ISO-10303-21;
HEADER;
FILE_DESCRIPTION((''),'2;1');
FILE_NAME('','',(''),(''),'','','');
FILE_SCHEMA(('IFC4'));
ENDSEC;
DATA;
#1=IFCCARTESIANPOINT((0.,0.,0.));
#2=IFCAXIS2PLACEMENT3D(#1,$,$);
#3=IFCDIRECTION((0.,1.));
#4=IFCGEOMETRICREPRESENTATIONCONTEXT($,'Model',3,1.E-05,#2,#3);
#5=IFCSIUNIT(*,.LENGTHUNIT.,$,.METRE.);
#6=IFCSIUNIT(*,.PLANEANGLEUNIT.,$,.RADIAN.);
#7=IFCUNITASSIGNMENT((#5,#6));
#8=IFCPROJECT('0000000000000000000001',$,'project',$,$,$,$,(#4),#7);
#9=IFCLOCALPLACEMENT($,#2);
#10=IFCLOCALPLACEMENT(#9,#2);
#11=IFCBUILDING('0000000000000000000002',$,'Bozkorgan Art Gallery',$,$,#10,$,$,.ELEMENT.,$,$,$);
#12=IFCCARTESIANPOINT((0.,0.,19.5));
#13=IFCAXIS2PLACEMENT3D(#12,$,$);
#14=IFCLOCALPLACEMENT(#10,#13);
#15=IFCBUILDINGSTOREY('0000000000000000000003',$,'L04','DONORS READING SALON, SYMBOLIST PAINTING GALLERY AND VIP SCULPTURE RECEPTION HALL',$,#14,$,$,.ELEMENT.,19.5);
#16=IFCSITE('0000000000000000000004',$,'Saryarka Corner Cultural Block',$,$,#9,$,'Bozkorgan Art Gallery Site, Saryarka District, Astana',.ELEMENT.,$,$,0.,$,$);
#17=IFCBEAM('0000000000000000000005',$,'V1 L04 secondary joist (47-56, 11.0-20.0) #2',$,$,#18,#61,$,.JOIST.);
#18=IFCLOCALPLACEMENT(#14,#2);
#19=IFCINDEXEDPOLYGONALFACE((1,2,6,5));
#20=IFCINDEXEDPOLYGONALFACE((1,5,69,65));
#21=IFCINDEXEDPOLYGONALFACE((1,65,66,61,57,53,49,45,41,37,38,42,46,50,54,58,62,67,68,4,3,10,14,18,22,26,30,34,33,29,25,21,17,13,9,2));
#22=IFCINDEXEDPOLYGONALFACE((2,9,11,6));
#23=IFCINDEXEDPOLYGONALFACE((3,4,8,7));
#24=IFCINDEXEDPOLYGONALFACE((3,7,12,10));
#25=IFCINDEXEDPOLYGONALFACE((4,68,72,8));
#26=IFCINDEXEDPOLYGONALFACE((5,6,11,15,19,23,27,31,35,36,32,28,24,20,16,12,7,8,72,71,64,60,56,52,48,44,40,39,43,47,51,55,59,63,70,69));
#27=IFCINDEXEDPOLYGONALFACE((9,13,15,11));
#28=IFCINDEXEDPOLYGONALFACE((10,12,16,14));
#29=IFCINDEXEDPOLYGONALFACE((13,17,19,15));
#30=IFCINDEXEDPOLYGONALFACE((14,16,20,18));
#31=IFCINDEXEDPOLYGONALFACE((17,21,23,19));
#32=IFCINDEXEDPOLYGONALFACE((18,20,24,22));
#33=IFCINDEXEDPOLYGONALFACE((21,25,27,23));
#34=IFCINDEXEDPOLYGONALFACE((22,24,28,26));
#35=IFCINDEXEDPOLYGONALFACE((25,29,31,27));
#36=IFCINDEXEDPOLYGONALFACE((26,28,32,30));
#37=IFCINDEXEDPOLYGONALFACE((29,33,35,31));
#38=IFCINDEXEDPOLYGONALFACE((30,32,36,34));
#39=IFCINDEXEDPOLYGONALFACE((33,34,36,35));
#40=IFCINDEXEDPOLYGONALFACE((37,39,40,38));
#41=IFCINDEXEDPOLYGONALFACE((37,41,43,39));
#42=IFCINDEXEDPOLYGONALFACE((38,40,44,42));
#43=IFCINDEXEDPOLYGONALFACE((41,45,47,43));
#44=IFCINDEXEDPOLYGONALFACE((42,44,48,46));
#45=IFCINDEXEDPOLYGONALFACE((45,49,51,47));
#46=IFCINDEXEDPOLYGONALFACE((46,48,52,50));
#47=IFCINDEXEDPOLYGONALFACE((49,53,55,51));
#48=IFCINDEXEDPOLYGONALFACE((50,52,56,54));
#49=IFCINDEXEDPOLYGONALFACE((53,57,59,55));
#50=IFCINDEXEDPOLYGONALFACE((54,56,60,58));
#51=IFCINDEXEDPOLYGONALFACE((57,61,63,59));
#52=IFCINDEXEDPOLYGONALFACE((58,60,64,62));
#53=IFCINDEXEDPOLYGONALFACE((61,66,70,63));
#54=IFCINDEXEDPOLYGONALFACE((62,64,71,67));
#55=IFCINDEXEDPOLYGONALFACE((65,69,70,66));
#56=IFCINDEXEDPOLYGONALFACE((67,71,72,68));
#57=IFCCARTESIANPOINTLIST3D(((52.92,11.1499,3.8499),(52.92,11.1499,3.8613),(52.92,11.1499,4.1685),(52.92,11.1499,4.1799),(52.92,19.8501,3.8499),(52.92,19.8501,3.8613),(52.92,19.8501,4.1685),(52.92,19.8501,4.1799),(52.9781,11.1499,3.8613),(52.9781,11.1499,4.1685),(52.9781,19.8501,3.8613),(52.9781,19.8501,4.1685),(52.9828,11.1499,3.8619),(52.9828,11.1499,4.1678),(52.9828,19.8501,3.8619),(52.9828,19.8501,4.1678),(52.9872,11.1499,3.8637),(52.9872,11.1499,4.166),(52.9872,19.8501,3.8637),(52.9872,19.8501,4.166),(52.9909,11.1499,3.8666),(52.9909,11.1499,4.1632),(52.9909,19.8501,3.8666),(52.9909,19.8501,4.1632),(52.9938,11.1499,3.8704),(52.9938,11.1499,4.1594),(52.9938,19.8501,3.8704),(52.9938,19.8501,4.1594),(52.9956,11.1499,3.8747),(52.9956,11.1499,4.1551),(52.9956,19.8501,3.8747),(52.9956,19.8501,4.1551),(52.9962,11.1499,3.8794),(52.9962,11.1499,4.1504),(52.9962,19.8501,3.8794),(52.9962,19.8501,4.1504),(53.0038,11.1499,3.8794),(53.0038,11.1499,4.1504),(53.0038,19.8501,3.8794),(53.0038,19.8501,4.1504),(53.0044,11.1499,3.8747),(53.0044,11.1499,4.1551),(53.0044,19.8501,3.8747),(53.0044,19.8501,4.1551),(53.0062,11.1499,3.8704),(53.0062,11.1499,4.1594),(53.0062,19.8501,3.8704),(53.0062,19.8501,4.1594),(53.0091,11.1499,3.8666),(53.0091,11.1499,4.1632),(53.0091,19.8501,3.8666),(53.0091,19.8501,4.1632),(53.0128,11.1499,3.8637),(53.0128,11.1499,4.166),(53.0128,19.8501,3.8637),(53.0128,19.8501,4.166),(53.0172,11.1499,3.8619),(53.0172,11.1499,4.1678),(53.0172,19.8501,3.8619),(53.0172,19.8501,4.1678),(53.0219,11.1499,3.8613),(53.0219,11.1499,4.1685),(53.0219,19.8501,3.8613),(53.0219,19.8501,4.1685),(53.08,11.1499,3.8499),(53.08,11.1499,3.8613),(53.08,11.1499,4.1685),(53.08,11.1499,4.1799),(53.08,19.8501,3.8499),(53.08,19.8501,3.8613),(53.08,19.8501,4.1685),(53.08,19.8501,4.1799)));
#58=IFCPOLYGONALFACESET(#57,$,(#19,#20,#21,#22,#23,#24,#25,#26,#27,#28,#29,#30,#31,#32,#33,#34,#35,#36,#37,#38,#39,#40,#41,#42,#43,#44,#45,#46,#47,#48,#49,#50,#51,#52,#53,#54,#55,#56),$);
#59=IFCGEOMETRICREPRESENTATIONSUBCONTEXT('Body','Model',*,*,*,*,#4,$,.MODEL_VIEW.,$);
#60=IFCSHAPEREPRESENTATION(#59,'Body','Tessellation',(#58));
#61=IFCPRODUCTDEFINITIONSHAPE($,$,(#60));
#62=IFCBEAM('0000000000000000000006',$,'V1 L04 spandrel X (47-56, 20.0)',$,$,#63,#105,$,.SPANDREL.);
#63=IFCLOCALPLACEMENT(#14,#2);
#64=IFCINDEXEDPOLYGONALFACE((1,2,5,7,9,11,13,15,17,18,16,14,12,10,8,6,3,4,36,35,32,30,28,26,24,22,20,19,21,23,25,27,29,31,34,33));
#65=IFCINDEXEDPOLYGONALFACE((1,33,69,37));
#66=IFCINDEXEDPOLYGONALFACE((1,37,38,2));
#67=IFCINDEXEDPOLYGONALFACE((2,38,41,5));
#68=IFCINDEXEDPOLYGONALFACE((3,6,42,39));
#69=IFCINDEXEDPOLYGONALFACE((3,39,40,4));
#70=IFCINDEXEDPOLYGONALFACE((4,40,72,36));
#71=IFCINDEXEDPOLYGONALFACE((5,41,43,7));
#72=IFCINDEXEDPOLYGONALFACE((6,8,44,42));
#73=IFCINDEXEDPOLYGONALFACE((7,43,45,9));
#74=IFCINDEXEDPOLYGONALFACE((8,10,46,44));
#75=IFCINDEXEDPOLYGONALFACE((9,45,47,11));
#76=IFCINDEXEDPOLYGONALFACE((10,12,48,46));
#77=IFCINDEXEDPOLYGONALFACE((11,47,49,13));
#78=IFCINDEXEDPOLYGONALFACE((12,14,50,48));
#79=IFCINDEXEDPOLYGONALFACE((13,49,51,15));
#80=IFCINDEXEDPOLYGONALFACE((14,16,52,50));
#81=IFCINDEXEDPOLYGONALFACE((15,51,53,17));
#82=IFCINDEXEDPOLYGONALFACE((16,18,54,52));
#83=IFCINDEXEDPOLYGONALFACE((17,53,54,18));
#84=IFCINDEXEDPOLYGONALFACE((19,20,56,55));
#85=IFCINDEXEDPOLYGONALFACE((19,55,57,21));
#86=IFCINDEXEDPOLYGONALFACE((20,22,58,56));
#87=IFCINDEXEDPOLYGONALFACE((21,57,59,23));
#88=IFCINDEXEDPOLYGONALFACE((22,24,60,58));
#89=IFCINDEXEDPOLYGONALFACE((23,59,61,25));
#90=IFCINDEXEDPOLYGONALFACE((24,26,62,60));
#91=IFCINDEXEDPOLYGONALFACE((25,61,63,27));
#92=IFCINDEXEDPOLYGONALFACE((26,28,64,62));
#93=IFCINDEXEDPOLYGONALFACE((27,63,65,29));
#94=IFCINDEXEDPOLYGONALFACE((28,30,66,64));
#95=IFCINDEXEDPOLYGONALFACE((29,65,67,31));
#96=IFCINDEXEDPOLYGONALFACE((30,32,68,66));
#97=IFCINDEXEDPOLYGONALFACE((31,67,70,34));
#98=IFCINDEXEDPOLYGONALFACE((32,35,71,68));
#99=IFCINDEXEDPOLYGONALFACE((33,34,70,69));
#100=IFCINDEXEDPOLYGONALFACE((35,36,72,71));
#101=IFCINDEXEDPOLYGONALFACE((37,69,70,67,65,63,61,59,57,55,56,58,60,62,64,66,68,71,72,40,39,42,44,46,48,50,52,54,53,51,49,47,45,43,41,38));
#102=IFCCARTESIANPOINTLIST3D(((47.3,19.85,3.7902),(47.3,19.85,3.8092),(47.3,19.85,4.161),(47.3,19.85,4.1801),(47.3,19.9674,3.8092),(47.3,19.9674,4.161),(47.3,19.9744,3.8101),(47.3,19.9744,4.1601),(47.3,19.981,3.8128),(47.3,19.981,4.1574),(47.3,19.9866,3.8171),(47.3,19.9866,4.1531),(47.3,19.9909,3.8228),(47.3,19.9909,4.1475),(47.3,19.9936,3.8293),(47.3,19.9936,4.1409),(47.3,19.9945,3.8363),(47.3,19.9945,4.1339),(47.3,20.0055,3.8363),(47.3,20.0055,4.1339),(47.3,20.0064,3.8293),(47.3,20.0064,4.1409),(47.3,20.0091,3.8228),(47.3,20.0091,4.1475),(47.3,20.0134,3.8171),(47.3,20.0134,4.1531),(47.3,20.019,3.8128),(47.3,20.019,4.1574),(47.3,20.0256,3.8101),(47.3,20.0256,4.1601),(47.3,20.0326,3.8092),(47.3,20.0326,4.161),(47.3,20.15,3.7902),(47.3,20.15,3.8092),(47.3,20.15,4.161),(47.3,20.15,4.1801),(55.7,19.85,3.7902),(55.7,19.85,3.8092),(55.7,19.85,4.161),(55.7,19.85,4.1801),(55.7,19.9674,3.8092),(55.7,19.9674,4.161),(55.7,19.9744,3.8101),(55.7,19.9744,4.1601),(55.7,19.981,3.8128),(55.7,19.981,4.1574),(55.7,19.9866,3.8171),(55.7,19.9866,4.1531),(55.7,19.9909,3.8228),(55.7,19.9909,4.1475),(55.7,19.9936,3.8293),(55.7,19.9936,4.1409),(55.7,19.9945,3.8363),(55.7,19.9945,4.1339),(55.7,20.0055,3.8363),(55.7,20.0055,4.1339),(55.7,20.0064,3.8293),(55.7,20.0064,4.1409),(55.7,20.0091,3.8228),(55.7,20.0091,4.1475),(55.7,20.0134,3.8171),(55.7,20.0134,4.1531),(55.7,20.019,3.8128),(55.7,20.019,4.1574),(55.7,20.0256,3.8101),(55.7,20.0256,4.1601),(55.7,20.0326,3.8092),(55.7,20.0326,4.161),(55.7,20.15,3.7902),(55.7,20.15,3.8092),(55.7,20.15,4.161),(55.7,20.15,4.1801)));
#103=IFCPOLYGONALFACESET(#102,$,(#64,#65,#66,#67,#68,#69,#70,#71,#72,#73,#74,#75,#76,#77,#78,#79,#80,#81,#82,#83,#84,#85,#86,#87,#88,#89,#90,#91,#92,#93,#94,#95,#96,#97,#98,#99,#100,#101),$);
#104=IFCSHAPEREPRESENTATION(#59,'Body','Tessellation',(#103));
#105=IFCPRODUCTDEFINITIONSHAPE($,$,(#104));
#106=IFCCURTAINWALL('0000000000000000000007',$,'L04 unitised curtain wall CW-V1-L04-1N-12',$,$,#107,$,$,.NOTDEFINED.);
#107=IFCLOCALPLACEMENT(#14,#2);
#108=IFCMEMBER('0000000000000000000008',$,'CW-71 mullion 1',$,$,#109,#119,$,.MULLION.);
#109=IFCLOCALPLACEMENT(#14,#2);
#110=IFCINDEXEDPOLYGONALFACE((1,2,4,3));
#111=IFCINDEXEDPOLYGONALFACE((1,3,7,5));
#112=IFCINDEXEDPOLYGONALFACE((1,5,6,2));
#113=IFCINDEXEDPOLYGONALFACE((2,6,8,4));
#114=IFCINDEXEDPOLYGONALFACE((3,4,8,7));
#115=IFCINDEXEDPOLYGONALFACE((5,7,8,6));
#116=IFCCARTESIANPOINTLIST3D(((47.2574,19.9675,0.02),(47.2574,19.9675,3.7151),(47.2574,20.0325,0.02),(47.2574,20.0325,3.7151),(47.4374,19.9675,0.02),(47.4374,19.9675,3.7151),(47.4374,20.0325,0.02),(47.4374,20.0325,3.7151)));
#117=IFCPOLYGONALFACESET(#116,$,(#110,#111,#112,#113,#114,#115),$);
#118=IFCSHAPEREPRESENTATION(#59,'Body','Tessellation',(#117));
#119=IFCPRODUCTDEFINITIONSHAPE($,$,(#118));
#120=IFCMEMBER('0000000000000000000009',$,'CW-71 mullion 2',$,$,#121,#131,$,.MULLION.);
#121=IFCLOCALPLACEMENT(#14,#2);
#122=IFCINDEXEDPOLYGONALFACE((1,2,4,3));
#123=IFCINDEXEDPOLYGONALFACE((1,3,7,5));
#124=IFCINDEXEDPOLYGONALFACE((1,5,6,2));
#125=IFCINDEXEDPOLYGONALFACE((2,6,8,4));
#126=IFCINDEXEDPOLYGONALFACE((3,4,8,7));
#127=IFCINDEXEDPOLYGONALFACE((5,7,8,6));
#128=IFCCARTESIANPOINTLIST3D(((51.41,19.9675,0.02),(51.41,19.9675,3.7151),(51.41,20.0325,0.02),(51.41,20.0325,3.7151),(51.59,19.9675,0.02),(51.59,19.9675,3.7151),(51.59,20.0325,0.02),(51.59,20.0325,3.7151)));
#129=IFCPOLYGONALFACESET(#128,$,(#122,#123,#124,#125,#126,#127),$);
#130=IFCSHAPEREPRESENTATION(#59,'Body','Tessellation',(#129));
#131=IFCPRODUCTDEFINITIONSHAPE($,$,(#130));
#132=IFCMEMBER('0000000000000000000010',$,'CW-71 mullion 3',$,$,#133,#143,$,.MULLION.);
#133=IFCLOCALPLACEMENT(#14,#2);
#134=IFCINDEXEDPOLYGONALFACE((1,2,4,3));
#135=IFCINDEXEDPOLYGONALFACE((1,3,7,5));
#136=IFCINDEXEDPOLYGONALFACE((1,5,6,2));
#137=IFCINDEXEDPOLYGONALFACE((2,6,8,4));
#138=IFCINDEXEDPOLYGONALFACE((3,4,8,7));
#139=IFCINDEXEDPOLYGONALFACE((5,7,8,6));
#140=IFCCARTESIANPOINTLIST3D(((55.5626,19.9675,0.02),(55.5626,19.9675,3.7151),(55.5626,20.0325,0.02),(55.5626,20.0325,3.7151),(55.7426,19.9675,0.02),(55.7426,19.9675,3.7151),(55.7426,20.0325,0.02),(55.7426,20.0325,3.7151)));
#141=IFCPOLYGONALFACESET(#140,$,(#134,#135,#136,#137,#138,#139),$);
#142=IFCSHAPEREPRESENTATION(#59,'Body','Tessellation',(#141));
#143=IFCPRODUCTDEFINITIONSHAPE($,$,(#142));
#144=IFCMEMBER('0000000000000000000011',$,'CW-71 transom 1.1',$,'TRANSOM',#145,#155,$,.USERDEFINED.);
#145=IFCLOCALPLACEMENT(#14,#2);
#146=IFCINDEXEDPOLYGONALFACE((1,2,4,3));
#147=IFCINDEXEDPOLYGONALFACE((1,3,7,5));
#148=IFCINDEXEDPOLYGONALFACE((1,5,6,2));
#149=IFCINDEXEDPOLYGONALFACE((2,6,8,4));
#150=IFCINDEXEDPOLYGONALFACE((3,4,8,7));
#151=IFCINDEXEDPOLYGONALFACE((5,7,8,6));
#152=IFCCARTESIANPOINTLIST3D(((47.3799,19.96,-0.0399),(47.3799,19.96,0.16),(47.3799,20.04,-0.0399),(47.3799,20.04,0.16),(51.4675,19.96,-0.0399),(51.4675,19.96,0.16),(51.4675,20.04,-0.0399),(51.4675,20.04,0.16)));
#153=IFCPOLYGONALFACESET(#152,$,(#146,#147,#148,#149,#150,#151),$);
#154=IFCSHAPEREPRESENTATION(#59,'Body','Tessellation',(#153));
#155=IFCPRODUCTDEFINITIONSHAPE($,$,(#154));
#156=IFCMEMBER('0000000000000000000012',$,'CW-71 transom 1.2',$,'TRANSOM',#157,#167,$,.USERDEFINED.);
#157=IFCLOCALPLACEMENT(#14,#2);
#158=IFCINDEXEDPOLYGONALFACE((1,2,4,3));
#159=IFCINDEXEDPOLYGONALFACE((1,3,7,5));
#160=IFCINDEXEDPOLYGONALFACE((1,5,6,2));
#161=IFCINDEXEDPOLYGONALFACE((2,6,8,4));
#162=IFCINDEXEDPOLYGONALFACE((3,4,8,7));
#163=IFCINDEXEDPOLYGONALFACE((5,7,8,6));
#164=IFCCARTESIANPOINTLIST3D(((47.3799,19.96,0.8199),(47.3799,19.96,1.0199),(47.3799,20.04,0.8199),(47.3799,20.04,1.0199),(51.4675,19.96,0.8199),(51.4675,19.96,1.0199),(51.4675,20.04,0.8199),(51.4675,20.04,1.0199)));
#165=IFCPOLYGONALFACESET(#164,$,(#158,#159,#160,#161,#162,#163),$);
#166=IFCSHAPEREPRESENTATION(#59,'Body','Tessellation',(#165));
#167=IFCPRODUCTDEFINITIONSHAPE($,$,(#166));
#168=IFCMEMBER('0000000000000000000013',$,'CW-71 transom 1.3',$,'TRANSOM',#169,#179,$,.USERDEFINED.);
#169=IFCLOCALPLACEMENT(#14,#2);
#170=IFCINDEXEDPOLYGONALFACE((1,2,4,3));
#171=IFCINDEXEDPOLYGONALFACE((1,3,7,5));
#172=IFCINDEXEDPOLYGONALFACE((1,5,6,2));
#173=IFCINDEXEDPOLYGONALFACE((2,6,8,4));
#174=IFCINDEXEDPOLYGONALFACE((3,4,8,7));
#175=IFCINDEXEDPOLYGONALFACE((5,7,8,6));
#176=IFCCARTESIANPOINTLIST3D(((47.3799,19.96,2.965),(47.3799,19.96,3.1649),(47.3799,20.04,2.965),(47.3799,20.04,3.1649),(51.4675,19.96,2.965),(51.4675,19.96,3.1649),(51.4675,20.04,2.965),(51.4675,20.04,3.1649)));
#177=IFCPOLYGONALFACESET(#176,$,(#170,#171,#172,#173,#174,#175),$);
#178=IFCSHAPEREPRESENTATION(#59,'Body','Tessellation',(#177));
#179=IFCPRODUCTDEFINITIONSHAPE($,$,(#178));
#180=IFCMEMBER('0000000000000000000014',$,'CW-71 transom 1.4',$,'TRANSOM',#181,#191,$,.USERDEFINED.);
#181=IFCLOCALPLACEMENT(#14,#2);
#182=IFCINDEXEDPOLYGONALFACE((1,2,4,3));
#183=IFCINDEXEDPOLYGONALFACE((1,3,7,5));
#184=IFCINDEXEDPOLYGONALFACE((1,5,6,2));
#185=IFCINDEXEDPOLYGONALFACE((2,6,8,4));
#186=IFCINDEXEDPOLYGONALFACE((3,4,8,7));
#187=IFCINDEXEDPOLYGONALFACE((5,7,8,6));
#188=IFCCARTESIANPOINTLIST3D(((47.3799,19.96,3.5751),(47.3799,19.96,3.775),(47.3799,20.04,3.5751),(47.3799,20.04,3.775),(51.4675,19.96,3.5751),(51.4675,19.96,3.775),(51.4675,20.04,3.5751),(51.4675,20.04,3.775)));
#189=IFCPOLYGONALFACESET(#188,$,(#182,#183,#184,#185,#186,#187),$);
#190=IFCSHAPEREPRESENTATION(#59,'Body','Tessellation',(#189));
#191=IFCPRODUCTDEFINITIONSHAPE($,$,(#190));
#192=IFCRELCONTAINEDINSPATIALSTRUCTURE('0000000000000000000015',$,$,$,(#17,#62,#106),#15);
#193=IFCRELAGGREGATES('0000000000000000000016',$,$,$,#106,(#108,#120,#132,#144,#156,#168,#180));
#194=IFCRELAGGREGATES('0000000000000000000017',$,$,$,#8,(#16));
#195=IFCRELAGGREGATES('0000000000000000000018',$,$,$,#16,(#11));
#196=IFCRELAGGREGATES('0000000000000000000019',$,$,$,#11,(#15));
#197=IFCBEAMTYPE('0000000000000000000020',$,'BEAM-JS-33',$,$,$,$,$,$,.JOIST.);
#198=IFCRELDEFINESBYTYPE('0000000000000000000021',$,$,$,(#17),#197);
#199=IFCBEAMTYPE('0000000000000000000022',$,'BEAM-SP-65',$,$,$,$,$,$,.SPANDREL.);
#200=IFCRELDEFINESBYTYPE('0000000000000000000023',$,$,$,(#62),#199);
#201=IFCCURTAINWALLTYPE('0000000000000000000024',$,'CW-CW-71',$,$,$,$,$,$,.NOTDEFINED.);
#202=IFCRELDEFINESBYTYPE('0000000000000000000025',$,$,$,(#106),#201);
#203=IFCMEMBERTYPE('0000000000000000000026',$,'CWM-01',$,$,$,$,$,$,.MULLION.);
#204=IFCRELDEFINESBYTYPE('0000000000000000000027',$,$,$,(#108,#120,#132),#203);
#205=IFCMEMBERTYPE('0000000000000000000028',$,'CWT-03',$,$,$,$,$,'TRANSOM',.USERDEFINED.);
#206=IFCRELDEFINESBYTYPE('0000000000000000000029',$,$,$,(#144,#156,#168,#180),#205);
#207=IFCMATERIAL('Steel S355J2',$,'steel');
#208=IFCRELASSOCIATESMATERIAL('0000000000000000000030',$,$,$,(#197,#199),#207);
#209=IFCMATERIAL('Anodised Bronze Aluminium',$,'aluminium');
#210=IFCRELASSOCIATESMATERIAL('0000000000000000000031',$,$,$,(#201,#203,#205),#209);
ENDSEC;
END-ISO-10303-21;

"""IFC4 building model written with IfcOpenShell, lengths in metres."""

from ifc_helpers import new_model, si_unit, direction, frame, origin, origin_2d, place, context, subcontext, project, spatial, rectangle, i_section, extrude, material, material_profile, profile_set, type_object, element, aggregate, save


model = new_model("IFC4")

# Units and contexts
model_context = context("Model", 3, precision=1e-05, world=origin(), true_north=direction((0.0, 1.0)))
body_context = subcontext(model_context, "Body", "Model", "MODEL_VIEW")
ifc_project = project(units=[si_unit("LENGTHUNIT", "METRE"), si_unit("PLANEANGLEUNIT", "RADIAN")], contexts=[model_context])

# Site, building, storey
site_placement = place(None, origin())
site = spatial("IfcSite", under=ifc_project, at=site_placement, Name="Saryarka Corner Cultural Block", LongName="Bozkorgan Art Gallery Site, Saryarka District, Astana", CompositionType="ELEMENT", RefElevation=0.0)
building_placement = place(site_placement, origin())
building = spatial("IfcBuilding", under=site, at=building_placement, Name="Bozkorgan Art Gallery", CompositionType="ELEMENT")
storey_placement = place(building_placement, frame((0.0, 0.0, 19.5)))
storey = spatial("IfcBuildingStorey", under=building, at=storey_placement, Name="L04", Description="DONORS READING SALON, SYMBOLIST PAINTING GALLERY AND VIP SCULPTURE RECEPTION HALL", CompositionType="ELEMENT", Elevation=19.5)

# Beams
ifc_material_1 = material(Name="Steel S355J2", Category="steel")
ifc_material_profile_1 = material_profile(ifc_material_1, i_section(OverallWidth=0.1599, OverallDepth=0.3301, WebThickness=0.0076, FlangeThickness=0.0115, FilletRadius=0.0181, at=origin_2d()), Name="IPE 330")
ifc_profile_set_1 = profile_set([ifc_material_profile_1], Name="Steel S355J2")
beam_type_1 = type_object("IfcBeamType", Name="BEAM-JS-33", PredefinedType="JOIST", material=ifc_profile_set_1)
for number, where, z_axis, x_axis, name in (
    (1, (53.0, 11.1499, 4.0149), (0.0, 1.0, 0.0), (-1.0, 0.0, 0.0), "V1 L04 secondary joist (47-56, 11.0-20.0) #2"),
):
    element("IfcBeam", number, at=place(storey_placement, frame(where, z_axis=z_axis, x_axis=x_axis)), inside=storey, type_object=beam_type_1, Name=name, PredefinedType="JOIST", context=body_context, shape_type="SweptSolid", body=[
        extrude(i_section(OverallWidth=0.1599, OverallDepth=0.3301, WebThickness=0.0076, FlangeThickness=0.0115, FilletRadius=0.0181, at=origin_2d()), origin(), (0.0, 0.0, 1.0), 8.7002),
    ])
ifc_material_profile_2 = material_profile(ifc_material_1, i_section(OverallWidth=0.3, OverallDepth=0.3899, WebThickness=0.011, FlangeThickness=0.019, FilletRadius=0.0271, at=origin_2d()), Name="HEA 400")
ifc_profile_set_2 = profile_set([ifc_material_profile_2], Name="Steel S355J2")
beam_type_2 = type_object("IfcBeamType", Name="BEAM-SP-65", PredefinedType="SPANDREL", material=ifc_profile_set_2)
beam_1_placement = place(storey_placement, frame((47.3, 20.0, 3.9851), z_axis=(1.0, 0.0, 0.0), x_axis=(0.0, 1.0, 0.0)))
element("IfcBeam", 2, at=beam_1_placement, inside=storey, type_object=beam_type_2, Name="V1 L04 spandrel X (47-56, 20.0)", PredefinedType="SPANDREL", context=body_context, shape_type="SweptSolid", body=[
    extrude(i_section(OverallWidth=0.3, OverallDepth=0.3899, WebThickness=0.011, FlangeThickness=0.019, FilletRadius=0.0271, at=origin_2d()), origin(), (0.0, 0.0, 1.0), 8.3999),
])

# Curtain wall, members
ifc_material_2 = material(Name="Anodised Bronze Aluminium", Category="aluminium")
curtain_wall_type = type_object("IfcCurtainWallType", Name="CW-CW-71", PredefinedType="NOTDEFINED", material=ifc_material_2)
curtain_wall_placement = place(storey_placement, origin())
curtain_wall = element("IfcCurtainWall", 3, at=curtain_wall_placement, inside=storey, type_object=curtain_wall_type, Name="L04 unitised curtain wall CW-V1-L04-1N-12", PredefinedType="NOTDEFINED")
ifc_material_profile_3 = material_profile(ifc_material_2, rectangle(XDim=0.0649, YDim=0.1799, at=origin_2d()), Name="ALU MULLION 65x180")
ifc_profile_set_3 = profile_set([ifc_material_profile_3], Name="Anodised Bronze Aluminium")
member_type_1 = type_object("IfcMemberType", Name="CWM-01", PredefinedType="MULLION", material=ifc_profile_set_3)
member_1_placement = place(storey_placement, frame((47.3474, 20.0, 0.02), z_axis=(0.0, 0.0, 1.0), x_axis=(0.0, 1.0, 0.0)))
member_1 = element("IfcMember", 4, at=member_1_placement, type_object=member_type_1, Name="CW-71 mullion 1", PredefinedType="MULLION", context=body_context, shape_type="SweptSolid", body=[
    extrude(rectangle(XDim=0.0649, YDim=0.1799, at=origin_2d()), origin(), (0.0, 0.0, 1.0), 3.6951),
])
member_2_placement = place(storey_placement, frame((51.5, 20.0, 0.02), z_axis=(0.0, 0.0, 1.0), x_axis=(0.0, 1.0, 0.0)))
member_2 = element("IfcMember", 5, at=member_2_placement, type_object=member_type_1, Name="CW-71 mullion 2", PredefinedType="MULLION", context=body_context, shape_type="SweptSolid", body=[
    extrude(rectangle(XDim=0.0649, YDim=0.1799, at=origin_2d()), origin(), (0.0, 0.0, 1.0), 3.6951),
])
member_3_placement = place(storey_placement, frame((55.6526, 20.0, 0.02), z_axis=(0.0, 0.0, 1.0), x_axis=(0.0, 1.0, 0.0)))
member_3 = element("IfcMember", 6, at=member_3_placement, type_object=member_type_1, Name="CW-71 mullion 3", PredefinedType="MULLION", context=body_context, shape_type="SweptSolid", body=[
    extrude(rectangle(XDim=0.0649, YDim=0.1799, at=origin_2d()), origin(), (0.0, 0.0, 1.0), 3.6951),
])
ifc_material_profile_4 = material_profile(ifc_material_2, rectangle(XDim=0.0801, YDim=0.2, at=origin_2d()), Name="ALU TRANSOM 80x200")
ifc_profile_set_4 = profile_set([ifc_material_profile_4], Name="Anodised Bronze Aluminium")
member_type_2 = type_object("IfcMemberType", Name="CWT-03", ElementType="TRANSOM", PredefinedType="USERDEFINED", material=ifc_profile_set_4)
member_4_placement = place(storey_placement, frame((47.3799, 20.0, 0.0601), z_axis=(1.0, 0.0, 0.0), x_axis=(0.0, 1.0, 0.0)))
member_4 = element("IfcMember", 7, at=member_4_placement, type_object=member_type_2, Name="CW-71 transom 1.1", ObjectType="TRANSOM", PredefinedType="USERDEFINED", context=body_context, shape_type="SweptSolid", body=[
    extrude(rectangle(XDim=0.0801, YDim=0.2, at=origin_2d()), origin(), (0.0, 0.0, 1.0), 4.0876),
])
member_5_placement = place(storey_placement, frame((47.3799, 20.0, 0.9199), z_axis=(1.0, 0.0, 0.0), x_axis=(0.0, 1.0, 0.0)))
member_5 = element("IfcMember", 8, at=member_5_placement, type_object=member_type_2, Name="CW-71 transom 1.2", ObjectType="TRANSOM", PredefinedType="USERDEFINED", context=body_context, shape_type="SweptSolid", body=[
    extrude(rectangle(XDim=0.0801, YDim=0.2, at=origin_2d()), origin(), (0.0, 0.0, 1.0), 4.0876),
])
member_6_placement = place(storey_placement, frame((47.3799, 20.0, 3.0649), z_axis=(1.0, 0.0, 0.0), x_axis=(0.0, 1.0, 0.0)))
member_6 = element("IfcMember", 9, at=member_6_placement, type_object=member_type_2, Name="CW-71 transom 1.3", ObjectType="TRANSOM", PredefinedType="USERDEFINED", context=body_context, shape_type="SweptSolid", body=[
    extrude(rectangle(XDim=0.0801, YDim=0.2, at=origin_2d()), origin(), (0.0, 0.0, 1.0), 4.0876),
])
member_7_placement = place(storey_placement, frame((47.3799, 20.0, 3.675), z_axis=(1.0, 0.0, 0.0), x_axis=(0.0, 1.0, 0.0)))
member_7 = element("IfcMember", 10, at=member_7_placement, type_object=member_type_2, Name="CW-71 transom 1.4", ObjectType="TRANSOM", PredefinedType="USERDEFINED", context=body_context, shape_type="SweptSolid", body=[
    extrude(rectangle(XDim=0.0801, YDim=0.2, at=origin_2d()), origin(), (0.0, 0.0, 1.0), 4.0876),
])
aggregate(curtain_wall, [member_1, member_2, member_3, member_4, member_5, member_6, member_7])

save(model, "model.ifc")
